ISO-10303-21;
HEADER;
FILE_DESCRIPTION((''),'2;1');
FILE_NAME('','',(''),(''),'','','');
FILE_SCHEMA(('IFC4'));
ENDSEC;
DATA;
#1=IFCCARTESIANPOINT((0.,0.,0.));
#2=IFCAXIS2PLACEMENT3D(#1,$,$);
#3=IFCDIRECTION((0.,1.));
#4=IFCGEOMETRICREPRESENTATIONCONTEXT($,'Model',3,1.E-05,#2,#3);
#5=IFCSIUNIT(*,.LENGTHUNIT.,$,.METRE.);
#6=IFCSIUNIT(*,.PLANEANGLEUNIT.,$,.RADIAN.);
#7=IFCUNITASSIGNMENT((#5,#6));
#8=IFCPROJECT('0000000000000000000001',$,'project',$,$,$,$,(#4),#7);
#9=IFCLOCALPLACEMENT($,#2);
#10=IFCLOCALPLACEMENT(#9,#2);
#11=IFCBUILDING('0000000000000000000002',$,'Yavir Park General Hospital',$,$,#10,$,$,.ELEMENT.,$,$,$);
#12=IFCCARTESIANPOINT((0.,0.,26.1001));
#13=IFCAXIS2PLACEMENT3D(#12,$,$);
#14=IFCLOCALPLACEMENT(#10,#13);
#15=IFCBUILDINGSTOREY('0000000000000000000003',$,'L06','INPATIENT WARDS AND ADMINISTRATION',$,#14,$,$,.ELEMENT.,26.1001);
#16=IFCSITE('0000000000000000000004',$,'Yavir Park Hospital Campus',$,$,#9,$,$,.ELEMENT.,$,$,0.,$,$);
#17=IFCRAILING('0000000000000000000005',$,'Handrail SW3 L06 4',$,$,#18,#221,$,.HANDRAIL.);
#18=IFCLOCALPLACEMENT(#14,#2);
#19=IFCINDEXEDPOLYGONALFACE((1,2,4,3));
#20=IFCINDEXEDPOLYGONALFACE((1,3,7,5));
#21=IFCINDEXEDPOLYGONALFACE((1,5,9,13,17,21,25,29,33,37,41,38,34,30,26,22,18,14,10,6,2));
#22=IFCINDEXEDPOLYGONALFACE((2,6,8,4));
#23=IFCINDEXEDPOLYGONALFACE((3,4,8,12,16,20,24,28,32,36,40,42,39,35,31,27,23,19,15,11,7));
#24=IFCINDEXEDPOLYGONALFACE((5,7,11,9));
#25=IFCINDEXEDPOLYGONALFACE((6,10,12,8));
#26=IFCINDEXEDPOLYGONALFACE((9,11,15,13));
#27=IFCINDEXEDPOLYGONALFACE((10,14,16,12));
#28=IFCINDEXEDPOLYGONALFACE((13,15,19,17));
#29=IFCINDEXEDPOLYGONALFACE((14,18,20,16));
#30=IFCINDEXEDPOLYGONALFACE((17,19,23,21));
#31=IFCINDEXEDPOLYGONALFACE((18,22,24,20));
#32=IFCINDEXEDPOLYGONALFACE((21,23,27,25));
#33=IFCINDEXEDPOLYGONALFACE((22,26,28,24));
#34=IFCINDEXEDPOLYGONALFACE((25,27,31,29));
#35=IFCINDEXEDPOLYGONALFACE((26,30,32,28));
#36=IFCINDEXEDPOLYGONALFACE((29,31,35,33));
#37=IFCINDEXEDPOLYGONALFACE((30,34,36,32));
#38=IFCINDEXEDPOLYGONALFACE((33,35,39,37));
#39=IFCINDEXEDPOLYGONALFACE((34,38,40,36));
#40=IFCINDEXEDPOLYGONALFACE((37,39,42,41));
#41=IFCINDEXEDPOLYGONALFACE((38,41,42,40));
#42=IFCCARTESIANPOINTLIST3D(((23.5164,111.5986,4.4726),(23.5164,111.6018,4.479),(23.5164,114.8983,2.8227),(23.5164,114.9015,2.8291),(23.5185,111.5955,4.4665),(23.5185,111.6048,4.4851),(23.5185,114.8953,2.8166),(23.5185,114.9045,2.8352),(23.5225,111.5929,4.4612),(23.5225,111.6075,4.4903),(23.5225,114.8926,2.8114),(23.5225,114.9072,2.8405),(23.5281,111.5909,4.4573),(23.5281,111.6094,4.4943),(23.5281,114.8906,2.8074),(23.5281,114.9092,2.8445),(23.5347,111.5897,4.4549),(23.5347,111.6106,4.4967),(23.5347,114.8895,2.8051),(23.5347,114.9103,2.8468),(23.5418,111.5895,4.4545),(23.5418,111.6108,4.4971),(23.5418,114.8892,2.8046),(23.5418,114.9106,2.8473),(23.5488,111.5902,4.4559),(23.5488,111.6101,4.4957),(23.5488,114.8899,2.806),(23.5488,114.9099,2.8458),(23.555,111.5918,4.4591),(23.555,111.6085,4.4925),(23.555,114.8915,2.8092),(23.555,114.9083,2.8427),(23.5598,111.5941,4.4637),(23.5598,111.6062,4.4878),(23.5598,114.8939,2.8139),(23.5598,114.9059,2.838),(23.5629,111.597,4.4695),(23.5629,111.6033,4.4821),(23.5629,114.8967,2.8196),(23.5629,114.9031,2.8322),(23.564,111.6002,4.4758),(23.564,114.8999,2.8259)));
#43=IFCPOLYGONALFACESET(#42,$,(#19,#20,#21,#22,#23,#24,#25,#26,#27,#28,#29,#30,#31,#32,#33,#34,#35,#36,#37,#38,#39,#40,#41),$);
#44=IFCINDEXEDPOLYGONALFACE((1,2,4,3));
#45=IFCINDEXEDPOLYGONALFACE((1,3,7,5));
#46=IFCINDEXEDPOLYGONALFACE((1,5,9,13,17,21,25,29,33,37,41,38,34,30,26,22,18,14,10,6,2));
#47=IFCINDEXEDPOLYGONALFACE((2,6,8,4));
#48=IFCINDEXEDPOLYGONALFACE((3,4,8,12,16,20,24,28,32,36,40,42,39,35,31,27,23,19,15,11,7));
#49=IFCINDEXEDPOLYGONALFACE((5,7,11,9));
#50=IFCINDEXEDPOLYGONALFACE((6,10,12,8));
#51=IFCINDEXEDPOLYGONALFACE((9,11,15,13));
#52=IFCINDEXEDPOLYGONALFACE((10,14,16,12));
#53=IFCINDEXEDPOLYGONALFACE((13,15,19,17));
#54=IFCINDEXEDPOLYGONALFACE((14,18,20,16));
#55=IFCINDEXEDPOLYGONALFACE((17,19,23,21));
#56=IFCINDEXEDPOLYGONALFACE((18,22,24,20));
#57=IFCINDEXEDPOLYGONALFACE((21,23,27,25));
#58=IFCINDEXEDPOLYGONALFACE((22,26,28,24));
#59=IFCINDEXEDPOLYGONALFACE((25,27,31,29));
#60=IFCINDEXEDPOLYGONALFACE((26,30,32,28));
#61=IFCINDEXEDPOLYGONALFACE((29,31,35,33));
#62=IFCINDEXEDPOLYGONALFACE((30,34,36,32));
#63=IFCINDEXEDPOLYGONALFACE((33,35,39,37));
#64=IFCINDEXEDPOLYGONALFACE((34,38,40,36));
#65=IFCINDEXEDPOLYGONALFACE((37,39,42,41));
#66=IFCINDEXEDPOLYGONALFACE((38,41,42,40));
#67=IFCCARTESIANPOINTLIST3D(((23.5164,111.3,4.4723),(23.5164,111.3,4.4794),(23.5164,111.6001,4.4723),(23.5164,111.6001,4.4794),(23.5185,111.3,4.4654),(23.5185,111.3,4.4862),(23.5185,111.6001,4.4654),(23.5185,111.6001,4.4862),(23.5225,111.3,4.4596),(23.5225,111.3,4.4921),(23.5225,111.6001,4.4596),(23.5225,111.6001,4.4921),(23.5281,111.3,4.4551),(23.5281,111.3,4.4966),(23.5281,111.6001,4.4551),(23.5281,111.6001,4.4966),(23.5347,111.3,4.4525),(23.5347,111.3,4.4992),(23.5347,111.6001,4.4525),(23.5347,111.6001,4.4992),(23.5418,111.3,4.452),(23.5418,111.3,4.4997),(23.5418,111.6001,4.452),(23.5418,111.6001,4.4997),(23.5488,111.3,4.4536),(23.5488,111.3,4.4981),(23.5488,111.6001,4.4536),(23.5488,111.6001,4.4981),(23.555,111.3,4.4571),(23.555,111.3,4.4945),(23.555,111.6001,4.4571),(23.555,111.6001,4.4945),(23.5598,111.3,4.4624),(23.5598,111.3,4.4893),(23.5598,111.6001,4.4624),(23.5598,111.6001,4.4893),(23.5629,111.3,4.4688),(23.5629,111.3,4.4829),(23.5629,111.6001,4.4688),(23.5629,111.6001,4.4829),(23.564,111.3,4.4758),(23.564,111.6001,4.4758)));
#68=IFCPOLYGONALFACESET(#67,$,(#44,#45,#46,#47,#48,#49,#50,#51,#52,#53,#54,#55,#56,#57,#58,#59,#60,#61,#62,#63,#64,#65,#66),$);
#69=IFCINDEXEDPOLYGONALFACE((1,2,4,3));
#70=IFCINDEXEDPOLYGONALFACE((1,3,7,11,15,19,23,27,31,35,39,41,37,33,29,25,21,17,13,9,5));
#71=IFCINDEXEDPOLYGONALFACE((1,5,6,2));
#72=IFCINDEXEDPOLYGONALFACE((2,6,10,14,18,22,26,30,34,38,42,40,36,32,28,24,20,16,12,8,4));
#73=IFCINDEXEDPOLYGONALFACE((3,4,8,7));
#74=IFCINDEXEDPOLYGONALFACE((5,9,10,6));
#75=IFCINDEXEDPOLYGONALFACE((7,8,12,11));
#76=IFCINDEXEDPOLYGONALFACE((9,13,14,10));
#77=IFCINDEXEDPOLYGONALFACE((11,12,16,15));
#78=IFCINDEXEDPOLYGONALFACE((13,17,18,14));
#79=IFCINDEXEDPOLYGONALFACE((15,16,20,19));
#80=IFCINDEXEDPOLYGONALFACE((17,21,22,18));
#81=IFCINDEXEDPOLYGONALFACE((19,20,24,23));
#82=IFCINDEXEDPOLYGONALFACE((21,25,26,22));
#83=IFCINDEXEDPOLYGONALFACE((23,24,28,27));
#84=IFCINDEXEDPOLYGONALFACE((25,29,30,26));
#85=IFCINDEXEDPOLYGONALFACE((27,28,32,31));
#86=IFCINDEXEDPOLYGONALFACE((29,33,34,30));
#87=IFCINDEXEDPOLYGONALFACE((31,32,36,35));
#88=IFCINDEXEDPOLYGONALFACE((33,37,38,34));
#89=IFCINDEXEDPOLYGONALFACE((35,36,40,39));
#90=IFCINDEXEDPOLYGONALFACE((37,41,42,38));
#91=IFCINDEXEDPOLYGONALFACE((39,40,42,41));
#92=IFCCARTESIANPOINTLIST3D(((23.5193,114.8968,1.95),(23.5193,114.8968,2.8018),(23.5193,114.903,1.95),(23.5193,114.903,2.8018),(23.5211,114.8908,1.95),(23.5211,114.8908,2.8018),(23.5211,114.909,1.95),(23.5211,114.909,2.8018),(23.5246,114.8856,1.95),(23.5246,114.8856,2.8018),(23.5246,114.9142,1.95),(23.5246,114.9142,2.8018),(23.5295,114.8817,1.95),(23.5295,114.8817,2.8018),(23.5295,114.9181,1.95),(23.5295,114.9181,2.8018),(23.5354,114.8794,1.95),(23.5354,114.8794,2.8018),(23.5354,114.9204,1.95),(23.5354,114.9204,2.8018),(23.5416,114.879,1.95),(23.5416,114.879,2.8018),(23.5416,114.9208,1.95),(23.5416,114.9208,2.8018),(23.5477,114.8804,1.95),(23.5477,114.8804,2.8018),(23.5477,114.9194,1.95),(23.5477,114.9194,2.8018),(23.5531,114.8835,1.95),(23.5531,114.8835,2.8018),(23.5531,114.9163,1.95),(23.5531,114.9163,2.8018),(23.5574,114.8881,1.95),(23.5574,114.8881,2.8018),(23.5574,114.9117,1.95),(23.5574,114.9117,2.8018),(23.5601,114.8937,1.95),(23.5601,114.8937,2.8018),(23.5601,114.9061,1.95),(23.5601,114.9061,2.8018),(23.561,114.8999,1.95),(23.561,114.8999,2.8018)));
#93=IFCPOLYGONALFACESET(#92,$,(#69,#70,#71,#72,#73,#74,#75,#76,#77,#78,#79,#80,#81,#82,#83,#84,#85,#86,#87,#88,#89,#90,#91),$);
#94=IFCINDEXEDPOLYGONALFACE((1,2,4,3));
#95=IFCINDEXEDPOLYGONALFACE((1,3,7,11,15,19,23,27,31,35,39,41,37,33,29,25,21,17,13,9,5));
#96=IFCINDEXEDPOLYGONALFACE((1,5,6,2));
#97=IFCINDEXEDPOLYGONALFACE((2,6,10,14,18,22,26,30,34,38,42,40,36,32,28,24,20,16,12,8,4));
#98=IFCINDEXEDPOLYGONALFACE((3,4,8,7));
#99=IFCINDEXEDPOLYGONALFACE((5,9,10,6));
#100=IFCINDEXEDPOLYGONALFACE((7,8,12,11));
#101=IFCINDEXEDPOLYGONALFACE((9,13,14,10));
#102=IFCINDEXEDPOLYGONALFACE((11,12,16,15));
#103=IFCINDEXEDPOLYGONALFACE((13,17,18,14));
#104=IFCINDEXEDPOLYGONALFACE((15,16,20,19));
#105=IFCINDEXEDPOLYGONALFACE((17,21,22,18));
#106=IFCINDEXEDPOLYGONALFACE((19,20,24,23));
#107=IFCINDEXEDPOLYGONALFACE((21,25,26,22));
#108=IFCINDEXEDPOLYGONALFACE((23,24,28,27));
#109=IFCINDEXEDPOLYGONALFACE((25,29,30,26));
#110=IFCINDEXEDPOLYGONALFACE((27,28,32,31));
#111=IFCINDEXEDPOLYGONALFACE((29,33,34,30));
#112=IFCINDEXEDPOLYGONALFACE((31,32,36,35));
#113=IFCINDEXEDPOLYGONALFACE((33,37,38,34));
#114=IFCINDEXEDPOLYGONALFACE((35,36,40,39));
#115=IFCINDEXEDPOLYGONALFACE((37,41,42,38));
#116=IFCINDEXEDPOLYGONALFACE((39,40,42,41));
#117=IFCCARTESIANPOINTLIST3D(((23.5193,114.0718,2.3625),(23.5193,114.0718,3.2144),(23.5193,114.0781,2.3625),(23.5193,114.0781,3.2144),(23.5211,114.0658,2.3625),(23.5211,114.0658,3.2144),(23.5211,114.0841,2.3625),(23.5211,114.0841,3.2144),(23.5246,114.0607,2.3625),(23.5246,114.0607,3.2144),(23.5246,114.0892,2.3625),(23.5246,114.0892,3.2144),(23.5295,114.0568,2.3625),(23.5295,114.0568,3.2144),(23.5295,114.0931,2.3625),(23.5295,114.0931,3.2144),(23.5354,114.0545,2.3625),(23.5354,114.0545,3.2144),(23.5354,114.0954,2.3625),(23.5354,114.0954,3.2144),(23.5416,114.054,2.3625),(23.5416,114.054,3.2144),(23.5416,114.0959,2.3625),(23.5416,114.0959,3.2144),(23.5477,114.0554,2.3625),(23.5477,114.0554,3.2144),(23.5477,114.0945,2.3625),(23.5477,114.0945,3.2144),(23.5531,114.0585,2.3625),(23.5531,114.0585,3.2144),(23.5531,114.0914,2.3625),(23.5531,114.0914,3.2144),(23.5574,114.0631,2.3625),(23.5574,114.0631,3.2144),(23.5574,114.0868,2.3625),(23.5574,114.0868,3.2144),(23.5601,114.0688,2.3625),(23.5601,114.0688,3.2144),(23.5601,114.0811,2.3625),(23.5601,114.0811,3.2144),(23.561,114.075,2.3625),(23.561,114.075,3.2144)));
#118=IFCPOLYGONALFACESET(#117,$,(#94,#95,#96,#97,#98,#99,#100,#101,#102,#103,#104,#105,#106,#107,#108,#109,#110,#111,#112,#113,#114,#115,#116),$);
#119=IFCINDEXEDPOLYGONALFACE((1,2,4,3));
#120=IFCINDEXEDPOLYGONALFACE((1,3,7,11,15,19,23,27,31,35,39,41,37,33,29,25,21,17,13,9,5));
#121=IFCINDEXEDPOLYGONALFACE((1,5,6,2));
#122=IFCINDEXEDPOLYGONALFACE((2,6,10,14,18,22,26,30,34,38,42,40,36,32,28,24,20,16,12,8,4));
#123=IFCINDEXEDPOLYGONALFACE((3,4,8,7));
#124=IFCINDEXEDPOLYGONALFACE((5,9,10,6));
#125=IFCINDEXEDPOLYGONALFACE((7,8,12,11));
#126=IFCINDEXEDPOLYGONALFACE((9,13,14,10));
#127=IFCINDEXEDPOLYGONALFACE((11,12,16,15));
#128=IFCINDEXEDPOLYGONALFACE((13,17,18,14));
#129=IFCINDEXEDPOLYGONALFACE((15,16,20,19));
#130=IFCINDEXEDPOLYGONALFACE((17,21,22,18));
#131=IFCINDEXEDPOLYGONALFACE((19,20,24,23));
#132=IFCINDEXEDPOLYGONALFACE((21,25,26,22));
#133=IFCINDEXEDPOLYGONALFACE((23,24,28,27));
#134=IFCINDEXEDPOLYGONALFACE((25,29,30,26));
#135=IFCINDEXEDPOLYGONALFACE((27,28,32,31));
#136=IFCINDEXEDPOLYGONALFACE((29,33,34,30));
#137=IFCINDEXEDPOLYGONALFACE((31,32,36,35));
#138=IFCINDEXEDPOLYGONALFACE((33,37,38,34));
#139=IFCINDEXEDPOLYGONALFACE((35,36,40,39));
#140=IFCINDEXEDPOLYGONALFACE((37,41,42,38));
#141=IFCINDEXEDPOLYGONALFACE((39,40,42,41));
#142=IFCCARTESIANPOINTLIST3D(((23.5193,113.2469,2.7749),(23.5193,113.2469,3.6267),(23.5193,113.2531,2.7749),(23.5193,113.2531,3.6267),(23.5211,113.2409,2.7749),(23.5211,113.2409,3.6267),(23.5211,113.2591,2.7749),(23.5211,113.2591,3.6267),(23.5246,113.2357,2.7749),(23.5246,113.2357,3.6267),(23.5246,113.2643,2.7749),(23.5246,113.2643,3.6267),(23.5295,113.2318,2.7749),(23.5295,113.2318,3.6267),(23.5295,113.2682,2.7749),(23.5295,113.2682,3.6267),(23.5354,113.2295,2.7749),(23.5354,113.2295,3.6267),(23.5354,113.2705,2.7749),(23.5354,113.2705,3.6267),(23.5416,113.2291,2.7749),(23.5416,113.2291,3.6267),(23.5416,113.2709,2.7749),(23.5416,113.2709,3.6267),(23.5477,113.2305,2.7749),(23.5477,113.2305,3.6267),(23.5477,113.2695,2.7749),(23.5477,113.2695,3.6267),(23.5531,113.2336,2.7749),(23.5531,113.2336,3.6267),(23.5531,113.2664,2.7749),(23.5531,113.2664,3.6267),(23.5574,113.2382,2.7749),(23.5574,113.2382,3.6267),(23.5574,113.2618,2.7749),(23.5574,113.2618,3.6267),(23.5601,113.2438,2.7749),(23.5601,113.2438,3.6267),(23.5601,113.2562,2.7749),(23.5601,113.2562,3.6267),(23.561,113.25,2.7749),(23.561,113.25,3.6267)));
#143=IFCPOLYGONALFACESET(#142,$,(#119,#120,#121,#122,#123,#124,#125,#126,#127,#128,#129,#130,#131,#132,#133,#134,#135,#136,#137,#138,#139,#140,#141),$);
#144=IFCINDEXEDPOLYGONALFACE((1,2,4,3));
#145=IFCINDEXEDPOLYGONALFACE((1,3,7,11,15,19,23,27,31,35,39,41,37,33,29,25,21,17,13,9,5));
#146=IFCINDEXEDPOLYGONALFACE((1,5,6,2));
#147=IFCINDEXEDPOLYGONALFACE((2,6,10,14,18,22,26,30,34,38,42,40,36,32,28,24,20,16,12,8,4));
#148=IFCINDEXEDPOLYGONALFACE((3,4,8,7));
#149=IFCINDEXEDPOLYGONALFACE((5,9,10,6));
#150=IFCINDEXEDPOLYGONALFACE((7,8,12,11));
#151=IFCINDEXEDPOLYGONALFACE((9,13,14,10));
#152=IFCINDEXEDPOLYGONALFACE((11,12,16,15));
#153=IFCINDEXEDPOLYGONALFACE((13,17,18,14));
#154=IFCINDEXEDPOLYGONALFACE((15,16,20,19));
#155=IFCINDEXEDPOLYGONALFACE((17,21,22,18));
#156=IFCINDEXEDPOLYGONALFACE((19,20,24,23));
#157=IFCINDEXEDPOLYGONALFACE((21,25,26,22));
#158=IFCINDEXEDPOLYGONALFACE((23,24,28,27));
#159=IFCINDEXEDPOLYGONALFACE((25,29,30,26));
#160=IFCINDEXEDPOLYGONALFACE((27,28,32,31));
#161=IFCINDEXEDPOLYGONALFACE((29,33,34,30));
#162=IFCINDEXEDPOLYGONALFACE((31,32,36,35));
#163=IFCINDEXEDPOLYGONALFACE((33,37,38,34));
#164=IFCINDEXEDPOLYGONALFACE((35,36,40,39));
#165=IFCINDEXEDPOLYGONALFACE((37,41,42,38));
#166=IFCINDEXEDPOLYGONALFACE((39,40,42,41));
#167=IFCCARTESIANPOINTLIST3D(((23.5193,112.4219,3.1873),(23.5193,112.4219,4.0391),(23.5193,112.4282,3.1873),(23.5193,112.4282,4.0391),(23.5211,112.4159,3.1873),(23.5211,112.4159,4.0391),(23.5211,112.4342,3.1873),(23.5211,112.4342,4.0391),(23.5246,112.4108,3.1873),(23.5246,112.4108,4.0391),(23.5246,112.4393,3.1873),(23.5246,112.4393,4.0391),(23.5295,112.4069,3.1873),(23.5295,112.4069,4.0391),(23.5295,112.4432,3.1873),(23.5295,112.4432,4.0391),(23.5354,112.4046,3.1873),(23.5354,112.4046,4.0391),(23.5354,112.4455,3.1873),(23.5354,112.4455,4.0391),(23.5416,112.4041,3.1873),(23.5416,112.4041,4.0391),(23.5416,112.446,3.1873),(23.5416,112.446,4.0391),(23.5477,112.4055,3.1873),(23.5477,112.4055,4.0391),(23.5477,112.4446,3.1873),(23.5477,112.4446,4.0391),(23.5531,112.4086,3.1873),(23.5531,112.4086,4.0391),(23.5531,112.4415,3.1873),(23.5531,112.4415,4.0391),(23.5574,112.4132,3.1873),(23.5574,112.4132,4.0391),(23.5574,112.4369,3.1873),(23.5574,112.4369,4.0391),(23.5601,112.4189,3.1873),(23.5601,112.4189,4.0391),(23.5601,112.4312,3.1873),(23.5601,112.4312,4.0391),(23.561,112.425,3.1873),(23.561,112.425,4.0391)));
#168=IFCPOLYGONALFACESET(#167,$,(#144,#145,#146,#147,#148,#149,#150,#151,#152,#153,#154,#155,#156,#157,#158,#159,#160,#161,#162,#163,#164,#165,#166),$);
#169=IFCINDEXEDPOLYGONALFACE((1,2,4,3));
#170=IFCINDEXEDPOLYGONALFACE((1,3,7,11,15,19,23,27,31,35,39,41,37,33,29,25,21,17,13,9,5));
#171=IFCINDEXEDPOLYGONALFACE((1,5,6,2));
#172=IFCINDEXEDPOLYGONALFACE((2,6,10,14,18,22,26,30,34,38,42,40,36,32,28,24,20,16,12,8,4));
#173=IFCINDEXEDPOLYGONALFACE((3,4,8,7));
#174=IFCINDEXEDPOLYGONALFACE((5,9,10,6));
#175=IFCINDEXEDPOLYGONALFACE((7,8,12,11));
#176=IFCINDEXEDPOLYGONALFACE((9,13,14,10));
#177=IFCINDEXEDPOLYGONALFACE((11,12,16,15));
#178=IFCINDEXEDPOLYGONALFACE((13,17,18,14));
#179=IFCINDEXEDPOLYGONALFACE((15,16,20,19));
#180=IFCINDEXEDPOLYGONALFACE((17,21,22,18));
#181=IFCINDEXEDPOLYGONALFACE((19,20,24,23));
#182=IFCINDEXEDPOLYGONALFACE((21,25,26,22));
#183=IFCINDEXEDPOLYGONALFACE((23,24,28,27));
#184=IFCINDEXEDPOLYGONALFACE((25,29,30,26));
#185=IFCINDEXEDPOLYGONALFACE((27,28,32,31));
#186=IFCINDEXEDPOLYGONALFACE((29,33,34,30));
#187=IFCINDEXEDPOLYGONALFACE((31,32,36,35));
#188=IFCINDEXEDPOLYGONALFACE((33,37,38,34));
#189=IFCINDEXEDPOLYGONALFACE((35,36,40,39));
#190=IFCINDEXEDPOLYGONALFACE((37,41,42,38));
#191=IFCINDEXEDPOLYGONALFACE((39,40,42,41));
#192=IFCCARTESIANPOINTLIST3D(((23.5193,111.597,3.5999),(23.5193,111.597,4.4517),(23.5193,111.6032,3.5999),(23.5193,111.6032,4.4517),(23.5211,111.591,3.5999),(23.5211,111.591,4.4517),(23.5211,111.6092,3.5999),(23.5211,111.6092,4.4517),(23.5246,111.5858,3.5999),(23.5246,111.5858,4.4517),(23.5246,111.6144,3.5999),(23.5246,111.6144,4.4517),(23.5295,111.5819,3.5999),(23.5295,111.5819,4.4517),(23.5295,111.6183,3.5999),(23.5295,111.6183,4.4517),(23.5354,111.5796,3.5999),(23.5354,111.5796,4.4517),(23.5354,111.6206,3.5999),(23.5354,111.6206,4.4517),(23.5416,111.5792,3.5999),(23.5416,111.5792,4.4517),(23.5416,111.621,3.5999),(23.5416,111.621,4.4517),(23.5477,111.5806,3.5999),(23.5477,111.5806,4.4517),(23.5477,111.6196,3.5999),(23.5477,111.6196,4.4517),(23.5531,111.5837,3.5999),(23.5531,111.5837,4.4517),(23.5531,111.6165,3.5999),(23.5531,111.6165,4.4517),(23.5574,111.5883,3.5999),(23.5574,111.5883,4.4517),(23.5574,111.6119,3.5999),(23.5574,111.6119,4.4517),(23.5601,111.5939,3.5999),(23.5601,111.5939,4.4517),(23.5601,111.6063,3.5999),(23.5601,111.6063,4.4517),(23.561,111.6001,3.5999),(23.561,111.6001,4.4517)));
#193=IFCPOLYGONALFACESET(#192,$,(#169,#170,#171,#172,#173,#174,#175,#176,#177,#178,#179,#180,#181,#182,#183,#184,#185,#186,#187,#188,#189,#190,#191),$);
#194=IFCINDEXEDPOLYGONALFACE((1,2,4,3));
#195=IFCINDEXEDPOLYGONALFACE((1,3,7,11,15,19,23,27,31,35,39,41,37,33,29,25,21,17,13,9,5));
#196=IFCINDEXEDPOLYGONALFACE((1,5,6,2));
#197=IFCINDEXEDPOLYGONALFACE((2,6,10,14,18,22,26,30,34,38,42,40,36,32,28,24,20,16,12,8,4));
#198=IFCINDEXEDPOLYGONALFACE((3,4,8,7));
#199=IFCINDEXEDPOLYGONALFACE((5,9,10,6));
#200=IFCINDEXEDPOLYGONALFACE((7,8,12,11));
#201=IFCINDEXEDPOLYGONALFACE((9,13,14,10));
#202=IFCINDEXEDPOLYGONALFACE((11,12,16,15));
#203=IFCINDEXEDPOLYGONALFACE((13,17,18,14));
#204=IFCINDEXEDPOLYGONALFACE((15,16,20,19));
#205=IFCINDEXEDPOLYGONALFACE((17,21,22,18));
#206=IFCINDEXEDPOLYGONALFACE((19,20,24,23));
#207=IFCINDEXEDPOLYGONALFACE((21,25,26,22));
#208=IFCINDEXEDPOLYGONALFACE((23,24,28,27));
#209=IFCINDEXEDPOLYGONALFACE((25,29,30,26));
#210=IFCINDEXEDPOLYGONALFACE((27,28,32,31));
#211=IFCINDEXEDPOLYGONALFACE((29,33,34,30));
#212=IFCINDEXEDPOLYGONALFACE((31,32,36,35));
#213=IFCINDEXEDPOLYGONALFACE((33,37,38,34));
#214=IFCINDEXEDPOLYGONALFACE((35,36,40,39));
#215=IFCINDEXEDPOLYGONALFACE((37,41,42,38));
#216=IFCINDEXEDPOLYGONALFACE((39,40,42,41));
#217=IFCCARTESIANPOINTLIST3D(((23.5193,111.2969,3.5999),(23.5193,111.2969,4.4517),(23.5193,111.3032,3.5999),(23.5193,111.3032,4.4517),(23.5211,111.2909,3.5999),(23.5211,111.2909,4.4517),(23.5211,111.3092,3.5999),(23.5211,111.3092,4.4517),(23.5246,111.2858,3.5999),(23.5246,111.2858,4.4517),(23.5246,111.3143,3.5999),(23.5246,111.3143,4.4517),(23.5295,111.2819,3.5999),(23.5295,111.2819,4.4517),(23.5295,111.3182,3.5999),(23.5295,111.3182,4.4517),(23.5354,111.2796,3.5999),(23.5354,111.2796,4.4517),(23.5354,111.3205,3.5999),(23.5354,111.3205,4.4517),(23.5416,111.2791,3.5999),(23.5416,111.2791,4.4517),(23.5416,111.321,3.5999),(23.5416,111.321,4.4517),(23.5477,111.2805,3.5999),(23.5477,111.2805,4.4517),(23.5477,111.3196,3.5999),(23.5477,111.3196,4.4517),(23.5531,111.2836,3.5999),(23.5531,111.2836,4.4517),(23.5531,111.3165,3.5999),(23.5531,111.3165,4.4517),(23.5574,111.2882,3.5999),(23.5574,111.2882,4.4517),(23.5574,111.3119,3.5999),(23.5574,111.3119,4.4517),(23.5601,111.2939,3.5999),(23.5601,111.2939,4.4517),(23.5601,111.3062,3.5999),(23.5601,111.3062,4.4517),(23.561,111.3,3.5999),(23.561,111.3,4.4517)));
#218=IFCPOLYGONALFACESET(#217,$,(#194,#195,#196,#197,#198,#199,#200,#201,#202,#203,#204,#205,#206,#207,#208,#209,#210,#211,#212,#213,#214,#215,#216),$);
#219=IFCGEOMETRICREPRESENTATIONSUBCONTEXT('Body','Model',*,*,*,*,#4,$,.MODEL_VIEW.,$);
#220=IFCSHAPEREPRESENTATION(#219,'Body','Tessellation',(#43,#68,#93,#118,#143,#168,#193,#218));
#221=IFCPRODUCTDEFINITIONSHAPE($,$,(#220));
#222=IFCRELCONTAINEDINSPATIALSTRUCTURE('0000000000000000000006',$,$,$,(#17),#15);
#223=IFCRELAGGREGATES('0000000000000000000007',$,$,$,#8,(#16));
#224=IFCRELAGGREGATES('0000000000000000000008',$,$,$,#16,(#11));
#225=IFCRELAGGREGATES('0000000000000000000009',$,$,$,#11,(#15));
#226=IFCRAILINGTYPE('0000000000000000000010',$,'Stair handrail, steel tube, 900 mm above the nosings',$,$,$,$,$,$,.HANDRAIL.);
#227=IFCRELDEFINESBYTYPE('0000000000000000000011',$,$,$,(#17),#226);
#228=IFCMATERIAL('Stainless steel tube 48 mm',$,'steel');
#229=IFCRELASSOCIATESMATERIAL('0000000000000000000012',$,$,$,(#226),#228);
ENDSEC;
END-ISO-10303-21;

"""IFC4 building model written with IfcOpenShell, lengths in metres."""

from ifc_helpers import new_model, si_unit, direction, frame, origin, origin_2d, place, context, subcontext, project, spatial, circle, extrude, material, type_object, element, save


model = new_model("IFC4")

# Units and contexts
model_context = context("Model", 3, precision=1e-05, world=origin(), true_north=direction((0.0, 1.0)))
body_context = subcontext(model_context, "Body", "Model", "MODEL_VIEW")
ifc_project = project(units=[si_unit("LENGTHUNIT", "METRE"), si_unit("PLANEANGLEUNIT", "RADIAN")], contexts=[model_context])

# Site, building, storey
site_placement = place(None, origin())
site = spatial("IfcSite", under=ifc_project, at=site_placement, Name="Yavir Park Hospital Campus", CompositionType="ELEMENT", RefElevation=0.0)
building_placement = place(site_placement, origin())
building = spatial("IfcBuilding", under=site, at=building_placement, Name="Yavir Park General Hospital", CompositionType="ELEMENT")
storey_placement = place(building_placement, frame((0.0, 0.0, 26.1001)))
storey = spatial("IfcBuildingStorey", under=building, at=storey_placement, Name="L06", Description="INPATIENT WARDS AND ADMINISTRATION", CompositionType="ELEMENT", Elevation=26.1001)

# Railing
ifc_material_1 = material(Name="Stainless steel tube 48 mm", Category="steel")
railing_type_1 = type_object("IfcRailingType", Name="Stair handrail, steel tube, 900 mm above the nosings", PredefinedType="HANDRAIL", material=ifc_material_1)
railing_1_placement = place(storey_placement, frame((23.54, 114.8999, 1.95)))
element("IfcRailing", 1, at=railing_1_placement, inside=storey, type_object=railing_type_1, Name="Handrail SW3 L06 4", PredefinedType="HANDRAIL", context=body_context, shape_type="SweptSolid", body=[
    extrude(circle(Radius=0.0239, at=origin_2d()), frame((0.0, 0.0, 0.876), z_axis=(0.0, -0.894427, 0.447214), x_axis=(1.0, 0.0, 0.0)), (0.0, 0.0, 1.0), 3.6892),
    extrude(circle(Radius=0.0239, at=origin_2d()), frame((0.0, -3.2998, 2.5259), z_axis=(0.0, -1.0, 0.0), x_axis=(1.0, 0.0, 0.0)), (0.0, 0.0, 1.0), 0.3),
    extrude(circle(Radius=0.021, at=origin_2d()), origin(), (0.0, 0.0, 1.0), 0.8518),
    extrude(circle(Radius=0.021, at=origin_2d()), frame((0.0, -0.825, 0.4126)), (0.0, 0.0, 1.0), 0.8518),
    extrude(circle(Radius=0.021, at=origin_2d()), frame((0.0, -1.6499, 0.825)), (0.0, 0.0, 1.0), 0.8518),
    extrude(circle(Radius=0.021, at=origin_2d()), frame((0.0, -2.4749, 1.2373)), (0.0, 0.0, 1.0), 0.8518),
    extrude(circle(Radius=0.021, at=origin_2d()), frame((0.0, -3.2998, 1.6499)), (0.0, 0.0, 1.0), 0.8518),
    extrude(circle(Radius=0.021, at=origin_2d()), frame((0.0, -3.5999, 1.6499)), (0.0, 0.0, 1.0), 0.8518),
])

save(model, "model.ifc")
